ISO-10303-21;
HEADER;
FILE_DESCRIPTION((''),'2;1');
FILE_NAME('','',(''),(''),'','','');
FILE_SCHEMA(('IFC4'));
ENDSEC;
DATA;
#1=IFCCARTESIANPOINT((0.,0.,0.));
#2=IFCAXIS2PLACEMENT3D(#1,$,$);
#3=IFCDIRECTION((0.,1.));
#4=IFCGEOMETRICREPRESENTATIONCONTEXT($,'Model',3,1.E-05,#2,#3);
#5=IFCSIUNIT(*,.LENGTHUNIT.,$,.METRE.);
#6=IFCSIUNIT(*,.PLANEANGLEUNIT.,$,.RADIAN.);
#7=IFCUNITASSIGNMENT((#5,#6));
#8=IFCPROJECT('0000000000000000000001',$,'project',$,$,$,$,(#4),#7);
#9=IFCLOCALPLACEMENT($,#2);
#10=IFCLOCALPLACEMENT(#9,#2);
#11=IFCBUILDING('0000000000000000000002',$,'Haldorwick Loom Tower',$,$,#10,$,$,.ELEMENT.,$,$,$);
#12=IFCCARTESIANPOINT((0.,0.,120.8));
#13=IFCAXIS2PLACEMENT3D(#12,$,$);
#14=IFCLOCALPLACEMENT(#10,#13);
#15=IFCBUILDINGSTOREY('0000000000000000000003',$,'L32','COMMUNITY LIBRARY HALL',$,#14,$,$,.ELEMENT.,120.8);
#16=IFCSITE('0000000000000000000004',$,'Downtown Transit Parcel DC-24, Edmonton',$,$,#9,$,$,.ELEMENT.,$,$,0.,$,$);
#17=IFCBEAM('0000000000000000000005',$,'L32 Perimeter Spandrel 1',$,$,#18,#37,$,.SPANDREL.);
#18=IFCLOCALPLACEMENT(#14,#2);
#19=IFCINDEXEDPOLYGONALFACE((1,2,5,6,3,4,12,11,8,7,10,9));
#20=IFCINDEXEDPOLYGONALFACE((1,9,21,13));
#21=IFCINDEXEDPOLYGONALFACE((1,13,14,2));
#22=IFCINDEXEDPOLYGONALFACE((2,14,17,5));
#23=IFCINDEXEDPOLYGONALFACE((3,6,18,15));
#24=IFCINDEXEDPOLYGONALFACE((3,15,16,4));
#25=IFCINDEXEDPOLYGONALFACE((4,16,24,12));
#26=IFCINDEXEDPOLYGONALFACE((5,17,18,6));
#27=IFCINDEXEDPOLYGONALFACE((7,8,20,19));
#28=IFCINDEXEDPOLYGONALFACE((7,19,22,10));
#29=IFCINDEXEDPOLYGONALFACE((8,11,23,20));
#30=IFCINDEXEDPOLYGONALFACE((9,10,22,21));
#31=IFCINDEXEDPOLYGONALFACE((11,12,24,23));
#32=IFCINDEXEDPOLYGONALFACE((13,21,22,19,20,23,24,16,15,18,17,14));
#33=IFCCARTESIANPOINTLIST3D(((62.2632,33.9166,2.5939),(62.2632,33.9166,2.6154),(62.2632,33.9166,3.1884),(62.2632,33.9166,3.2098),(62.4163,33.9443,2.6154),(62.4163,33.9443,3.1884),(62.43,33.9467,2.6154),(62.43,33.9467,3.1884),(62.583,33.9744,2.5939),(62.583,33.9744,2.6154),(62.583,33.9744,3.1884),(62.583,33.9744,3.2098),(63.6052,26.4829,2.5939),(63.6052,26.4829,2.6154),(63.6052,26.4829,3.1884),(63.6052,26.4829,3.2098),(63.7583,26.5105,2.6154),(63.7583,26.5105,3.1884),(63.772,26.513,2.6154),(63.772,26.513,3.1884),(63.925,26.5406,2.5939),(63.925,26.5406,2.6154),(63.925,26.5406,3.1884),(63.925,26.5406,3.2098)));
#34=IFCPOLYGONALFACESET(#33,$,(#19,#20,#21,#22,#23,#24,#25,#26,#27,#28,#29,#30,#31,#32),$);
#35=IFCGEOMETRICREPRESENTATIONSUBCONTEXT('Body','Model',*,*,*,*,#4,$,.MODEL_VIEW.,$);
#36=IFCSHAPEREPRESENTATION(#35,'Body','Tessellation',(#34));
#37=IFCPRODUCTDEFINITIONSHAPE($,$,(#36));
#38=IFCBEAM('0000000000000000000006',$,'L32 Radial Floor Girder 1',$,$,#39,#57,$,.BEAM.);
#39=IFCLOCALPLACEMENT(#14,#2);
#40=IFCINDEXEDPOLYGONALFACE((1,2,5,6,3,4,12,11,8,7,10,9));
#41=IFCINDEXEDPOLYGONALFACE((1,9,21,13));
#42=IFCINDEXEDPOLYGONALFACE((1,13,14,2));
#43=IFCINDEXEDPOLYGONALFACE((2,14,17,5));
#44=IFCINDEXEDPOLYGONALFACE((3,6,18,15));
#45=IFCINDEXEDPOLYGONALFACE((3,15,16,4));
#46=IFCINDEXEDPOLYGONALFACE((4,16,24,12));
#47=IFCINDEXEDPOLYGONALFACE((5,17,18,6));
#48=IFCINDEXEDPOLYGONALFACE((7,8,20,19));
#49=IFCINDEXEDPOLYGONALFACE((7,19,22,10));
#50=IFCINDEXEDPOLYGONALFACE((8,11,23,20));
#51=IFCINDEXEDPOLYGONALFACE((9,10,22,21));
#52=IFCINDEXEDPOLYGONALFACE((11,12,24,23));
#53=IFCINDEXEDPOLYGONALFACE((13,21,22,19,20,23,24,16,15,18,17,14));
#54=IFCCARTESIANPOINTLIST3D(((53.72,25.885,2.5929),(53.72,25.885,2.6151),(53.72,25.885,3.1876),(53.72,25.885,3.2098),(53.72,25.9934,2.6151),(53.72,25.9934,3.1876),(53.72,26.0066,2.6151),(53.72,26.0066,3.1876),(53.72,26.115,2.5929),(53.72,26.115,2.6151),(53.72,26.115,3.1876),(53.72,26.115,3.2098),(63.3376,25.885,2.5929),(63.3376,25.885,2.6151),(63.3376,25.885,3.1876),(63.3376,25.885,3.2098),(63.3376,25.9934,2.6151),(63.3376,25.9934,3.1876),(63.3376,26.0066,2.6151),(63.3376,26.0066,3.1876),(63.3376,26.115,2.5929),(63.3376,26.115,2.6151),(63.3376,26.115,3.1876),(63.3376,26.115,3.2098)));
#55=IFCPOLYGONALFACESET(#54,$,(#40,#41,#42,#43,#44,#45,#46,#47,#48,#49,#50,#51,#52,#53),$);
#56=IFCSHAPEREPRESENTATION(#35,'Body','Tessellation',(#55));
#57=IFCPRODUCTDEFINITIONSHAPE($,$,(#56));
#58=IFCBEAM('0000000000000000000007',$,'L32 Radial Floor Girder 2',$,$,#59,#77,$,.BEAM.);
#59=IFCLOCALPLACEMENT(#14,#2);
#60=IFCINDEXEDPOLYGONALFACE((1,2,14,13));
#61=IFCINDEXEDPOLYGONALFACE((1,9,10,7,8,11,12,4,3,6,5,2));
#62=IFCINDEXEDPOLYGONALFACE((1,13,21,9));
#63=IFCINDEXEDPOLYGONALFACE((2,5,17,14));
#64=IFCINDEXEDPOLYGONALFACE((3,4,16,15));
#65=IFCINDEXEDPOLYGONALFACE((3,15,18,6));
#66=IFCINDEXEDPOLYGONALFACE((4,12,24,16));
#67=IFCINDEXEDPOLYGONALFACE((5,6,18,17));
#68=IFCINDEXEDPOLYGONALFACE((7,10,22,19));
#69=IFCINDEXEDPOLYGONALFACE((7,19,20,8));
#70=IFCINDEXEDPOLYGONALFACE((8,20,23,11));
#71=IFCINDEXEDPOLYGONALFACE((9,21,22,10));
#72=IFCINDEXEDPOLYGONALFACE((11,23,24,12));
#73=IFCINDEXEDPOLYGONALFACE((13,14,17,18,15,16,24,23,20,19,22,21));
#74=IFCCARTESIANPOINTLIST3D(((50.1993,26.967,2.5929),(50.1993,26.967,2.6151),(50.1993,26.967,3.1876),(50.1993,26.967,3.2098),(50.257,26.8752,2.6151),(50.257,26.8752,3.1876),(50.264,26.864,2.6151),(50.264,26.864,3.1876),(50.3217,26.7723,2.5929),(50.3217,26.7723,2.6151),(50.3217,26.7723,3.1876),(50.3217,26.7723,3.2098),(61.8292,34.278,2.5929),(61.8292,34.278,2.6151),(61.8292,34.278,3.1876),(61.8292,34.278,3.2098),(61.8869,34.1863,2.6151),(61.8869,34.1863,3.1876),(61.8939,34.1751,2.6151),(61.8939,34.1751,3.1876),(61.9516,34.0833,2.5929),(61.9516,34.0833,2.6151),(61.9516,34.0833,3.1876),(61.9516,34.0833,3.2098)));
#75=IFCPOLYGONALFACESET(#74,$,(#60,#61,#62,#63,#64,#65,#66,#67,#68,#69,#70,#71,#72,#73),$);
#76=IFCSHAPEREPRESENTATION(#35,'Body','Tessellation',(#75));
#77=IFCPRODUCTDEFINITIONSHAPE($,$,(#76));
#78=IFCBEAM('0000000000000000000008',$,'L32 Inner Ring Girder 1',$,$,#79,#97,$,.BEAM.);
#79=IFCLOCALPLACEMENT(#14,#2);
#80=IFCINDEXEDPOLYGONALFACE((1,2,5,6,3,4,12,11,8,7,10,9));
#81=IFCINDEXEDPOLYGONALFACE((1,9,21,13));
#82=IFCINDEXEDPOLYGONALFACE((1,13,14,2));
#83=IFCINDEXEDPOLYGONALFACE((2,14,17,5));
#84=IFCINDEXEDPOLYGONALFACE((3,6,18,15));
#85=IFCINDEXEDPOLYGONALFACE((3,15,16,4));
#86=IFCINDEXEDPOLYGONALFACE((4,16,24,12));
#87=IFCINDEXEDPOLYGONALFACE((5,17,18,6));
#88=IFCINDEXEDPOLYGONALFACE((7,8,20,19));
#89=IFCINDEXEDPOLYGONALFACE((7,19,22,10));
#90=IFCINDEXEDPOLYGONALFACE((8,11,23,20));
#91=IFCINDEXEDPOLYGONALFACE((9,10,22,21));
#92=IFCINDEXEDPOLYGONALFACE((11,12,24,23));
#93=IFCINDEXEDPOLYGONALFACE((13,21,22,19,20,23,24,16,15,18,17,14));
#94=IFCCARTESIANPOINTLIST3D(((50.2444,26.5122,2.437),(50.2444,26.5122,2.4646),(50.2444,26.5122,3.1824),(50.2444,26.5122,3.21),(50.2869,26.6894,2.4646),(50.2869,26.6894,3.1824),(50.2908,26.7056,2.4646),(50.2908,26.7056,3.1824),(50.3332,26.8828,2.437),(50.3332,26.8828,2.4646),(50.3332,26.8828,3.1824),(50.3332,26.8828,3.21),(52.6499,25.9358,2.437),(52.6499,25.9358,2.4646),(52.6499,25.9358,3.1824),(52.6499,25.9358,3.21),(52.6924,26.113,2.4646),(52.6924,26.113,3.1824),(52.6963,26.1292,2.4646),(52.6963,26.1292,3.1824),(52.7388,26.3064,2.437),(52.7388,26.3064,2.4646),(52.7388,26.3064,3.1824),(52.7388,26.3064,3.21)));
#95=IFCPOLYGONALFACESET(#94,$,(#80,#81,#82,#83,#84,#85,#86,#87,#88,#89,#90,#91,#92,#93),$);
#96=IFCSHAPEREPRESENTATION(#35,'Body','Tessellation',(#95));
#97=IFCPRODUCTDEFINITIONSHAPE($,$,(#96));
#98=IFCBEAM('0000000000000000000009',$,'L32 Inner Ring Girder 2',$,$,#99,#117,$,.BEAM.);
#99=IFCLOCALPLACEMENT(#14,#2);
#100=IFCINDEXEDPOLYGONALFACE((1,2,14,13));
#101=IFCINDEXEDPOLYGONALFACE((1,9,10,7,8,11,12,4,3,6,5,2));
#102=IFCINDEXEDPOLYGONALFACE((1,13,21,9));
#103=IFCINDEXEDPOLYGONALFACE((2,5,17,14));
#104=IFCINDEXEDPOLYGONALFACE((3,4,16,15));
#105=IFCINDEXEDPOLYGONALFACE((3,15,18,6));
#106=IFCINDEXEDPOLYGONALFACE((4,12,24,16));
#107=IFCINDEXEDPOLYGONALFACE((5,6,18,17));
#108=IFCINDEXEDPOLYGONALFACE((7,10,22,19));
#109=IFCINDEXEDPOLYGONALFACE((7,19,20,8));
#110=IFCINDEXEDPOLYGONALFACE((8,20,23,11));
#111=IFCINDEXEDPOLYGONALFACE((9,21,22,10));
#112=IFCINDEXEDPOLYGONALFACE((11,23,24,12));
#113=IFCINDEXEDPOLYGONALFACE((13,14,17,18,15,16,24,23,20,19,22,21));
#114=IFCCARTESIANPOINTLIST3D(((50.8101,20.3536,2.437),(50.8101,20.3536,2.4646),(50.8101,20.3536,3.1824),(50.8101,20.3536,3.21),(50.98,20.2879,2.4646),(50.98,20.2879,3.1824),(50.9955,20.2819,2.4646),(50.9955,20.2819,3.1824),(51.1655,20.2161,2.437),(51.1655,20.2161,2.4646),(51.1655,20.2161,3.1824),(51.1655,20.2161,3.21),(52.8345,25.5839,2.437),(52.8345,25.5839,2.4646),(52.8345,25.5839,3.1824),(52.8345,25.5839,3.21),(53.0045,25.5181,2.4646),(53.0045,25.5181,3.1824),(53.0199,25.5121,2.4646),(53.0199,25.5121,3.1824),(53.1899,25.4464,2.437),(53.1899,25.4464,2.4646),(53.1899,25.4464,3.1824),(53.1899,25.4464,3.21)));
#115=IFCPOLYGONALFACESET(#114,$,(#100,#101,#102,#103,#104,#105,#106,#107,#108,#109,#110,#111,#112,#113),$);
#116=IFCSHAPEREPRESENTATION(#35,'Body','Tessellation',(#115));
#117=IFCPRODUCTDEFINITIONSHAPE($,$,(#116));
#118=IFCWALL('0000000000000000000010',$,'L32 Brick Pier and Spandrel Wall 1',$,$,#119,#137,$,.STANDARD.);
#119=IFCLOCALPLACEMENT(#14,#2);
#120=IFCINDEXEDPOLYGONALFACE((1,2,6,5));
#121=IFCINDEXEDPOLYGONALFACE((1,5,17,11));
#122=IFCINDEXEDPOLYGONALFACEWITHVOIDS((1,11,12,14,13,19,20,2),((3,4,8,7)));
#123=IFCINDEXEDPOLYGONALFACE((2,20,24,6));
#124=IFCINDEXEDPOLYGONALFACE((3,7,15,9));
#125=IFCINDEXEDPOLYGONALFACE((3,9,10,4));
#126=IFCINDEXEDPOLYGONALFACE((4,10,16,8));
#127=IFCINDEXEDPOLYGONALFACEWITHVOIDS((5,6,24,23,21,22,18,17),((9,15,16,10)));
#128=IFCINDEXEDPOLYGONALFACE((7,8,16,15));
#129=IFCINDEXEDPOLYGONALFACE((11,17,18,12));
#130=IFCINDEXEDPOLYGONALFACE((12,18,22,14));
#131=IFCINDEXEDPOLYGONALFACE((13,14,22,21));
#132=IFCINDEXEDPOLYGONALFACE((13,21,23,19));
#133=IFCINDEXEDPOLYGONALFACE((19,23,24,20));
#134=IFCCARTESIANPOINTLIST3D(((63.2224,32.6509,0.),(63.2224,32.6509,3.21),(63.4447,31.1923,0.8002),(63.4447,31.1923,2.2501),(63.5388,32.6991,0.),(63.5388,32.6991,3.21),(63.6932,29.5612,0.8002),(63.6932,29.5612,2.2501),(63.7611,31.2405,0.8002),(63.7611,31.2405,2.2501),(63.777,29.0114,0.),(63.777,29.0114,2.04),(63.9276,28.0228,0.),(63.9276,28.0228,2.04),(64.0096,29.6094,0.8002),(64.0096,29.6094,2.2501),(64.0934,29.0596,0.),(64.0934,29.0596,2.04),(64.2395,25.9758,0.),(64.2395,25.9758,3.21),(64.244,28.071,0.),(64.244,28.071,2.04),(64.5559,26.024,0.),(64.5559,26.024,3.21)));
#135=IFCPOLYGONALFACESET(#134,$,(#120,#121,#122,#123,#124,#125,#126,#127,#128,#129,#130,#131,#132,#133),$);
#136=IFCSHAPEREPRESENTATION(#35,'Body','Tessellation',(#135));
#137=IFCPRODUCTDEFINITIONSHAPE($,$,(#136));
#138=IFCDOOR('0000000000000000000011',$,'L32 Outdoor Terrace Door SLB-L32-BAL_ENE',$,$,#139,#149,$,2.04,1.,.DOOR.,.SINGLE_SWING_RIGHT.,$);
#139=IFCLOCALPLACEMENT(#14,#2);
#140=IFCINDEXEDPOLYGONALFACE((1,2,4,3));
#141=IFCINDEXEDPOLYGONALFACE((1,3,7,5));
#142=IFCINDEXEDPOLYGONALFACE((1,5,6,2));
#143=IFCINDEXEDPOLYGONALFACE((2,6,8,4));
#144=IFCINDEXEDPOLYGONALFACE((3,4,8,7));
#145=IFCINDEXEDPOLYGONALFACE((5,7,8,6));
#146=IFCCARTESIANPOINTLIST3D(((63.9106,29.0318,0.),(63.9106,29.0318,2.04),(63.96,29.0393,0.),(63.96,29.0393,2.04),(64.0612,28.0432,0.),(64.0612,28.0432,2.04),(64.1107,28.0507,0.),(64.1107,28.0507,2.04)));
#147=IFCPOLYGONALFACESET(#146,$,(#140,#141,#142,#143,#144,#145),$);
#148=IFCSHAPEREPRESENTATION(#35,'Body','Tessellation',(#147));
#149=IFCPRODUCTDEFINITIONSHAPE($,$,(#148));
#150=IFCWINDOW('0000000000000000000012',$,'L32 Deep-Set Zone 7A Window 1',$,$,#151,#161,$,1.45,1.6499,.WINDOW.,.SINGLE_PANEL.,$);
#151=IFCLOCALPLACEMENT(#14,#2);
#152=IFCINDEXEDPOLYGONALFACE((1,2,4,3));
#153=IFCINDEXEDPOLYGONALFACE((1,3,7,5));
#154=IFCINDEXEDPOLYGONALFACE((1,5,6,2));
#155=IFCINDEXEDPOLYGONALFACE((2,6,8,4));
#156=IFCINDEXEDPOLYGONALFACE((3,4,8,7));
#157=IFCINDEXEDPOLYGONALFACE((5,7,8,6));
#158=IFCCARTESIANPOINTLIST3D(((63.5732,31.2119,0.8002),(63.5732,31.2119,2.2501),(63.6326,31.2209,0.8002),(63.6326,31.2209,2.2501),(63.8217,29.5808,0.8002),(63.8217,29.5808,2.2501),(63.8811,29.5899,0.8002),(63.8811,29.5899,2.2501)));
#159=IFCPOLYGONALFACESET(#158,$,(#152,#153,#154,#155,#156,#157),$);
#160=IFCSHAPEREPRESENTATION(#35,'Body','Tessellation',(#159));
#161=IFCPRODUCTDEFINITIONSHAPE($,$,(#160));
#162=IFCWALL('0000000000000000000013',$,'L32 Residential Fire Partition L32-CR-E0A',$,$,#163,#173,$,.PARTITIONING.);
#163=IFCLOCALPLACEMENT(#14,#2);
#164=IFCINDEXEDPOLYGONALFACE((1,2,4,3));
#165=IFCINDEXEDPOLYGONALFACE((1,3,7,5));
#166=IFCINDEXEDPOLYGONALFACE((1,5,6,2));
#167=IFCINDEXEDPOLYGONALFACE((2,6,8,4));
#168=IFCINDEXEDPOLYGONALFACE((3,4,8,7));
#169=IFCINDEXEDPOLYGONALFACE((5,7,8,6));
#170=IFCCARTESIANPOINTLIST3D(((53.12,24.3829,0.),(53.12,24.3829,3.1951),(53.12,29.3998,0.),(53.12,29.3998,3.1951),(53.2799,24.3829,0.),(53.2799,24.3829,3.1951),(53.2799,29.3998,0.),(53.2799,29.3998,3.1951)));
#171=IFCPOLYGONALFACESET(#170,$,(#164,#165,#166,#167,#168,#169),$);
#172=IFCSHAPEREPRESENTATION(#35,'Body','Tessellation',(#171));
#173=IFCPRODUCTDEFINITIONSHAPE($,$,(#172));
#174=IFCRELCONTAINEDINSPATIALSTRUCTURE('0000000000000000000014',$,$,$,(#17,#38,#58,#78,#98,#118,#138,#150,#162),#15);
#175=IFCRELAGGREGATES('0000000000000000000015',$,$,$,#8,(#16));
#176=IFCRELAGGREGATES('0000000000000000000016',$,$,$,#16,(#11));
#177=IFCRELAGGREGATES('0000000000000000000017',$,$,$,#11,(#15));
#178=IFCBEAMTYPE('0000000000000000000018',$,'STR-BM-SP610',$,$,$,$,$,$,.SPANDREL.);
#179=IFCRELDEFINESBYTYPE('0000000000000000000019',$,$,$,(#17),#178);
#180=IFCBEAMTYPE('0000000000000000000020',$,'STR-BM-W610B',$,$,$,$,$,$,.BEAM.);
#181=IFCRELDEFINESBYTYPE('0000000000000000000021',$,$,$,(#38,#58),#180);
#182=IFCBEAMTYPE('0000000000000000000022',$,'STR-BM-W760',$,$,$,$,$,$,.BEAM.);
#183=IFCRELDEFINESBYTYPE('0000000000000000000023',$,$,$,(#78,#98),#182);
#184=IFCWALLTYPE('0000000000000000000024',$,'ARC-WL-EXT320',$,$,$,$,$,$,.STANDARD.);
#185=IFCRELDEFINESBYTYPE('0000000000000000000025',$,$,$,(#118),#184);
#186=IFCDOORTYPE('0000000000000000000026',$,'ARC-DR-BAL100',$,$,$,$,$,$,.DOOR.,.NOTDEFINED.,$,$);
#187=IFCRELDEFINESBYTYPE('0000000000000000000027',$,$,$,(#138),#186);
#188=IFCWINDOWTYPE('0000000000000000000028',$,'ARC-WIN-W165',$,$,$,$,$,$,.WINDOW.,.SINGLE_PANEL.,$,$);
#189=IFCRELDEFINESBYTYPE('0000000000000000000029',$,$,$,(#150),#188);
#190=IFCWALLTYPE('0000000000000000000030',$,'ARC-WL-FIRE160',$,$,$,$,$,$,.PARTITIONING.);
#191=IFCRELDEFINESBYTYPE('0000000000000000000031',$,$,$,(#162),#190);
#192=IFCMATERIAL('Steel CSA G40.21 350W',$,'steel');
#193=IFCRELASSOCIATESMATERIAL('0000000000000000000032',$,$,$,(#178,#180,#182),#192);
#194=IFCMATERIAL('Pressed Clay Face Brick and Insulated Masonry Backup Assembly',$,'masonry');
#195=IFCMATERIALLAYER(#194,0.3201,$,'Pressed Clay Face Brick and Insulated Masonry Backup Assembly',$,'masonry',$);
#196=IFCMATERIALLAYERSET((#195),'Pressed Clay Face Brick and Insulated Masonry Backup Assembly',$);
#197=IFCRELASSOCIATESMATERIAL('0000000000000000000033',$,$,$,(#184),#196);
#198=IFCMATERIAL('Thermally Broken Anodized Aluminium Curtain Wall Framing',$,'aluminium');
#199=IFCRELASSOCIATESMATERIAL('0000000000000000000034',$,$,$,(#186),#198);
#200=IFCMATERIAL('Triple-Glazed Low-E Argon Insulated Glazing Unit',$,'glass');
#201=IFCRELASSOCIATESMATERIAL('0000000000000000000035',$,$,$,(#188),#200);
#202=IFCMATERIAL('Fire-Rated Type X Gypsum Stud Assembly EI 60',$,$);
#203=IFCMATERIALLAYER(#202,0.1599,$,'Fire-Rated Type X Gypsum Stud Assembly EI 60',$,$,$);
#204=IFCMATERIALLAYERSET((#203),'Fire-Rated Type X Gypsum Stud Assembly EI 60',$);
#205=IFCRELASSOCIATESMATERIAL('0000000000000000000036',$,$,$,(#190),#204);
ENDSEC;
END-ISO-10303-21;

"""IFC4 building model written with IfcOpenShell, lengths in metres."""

from ifc_helpers import new_model, si_unit, direction, frame, frame_2d, origin, origin_2d, place, context, subcontext, project, spatial, rectangle, i_section, extrude, material, layer, layer_set, material_profile, profile_set, type_object, element, fill, save


model = new_model("IFC4")

# Units and contexts
model_context = context("Model", 3, precision=1e-05, world=origin(), true_north=direction((0.0, 1.0)))
body_context = subcontext(model_context, "Body", "Model", "MODEL_VIEW")
ifc_project = project(units=[si_unit("LENGTHUNIT", "METRE"), si_unit("PLANEANGLEUNIT", "RADIAN")], contexts=[model_context])

# Site, building, storey
site_placement = place(None, origin())
site = spatial("IfcSite", under=ifc_project, at=site_placement, Name="Downtown Transit Parcel DC-24, Edmonton", CompositionType="ELEMENT", RefElevation=0.0)
building_placement = place(site_placement, origin())
building = spatial("IfcBuilding", under=site, at=building_placement, Name="Haldorwick Loom Tower", CompositionType="ELEMENT")
storey_placement = place(building_placement, frame((0.0, 0.0, 120.8)))
storey = spatial("IfcBuildingStorey", under=building, at=storey_placement, Name="L32", Description="COMMUNITY LIBRARY HALL", CompositionType="ELEMENT", Elevation=120.8)

# Beams
ifc_material_1 = material(Name="Steel CSA G40.21 350W", Category="steel")
ifc_material_profile_1 = material_profile(ifc_material_1, i_section(OverallWidth=0.325, OverallDepth=0.616, WebThickness=0.0139, FlangeThickness=0.0215, at=origin_2d()), Name="W610X174", Category="steel")
ifc_profile_set_1 = profile_set([ifc_material_profile_1], Name="Steel CSA G40.21 350W")
beam_type_1 = type_object("IfcBeamType", Name="STR-BM-SP610", PredefinedType="SPANDREL", material=ifc_profile_set_1)
beam_1_placement = place(storey_placement, frame((63.7651, 26.5117, 2.9019), z_axis=(-0.177659, 0.984092, 0.0), x_axis=(-0.984092, -0.177659, 0.0)))
element("IfcBeam", 1, at=beam_1_placement, inside=storey, type_object=beam_type_1, Name="L32 Perimeter Spandrel 1", PredefinedType="SPANDREL", context=body_context, shape_type="SweptSolid", body=[
    extrude(i_section(OverallWidth=0.325, OverallDepth=0.616, WebThickness=0.0139, FlangeThickness=0.0215, at=origin_2d()), origin(), (0.0, 0.0, 1.0), 7.554),
])
ifc_material_profile_2 = material_profile(ifc_material_1, i_section(OverallWidth=0.23, OverallDepth=0.6169, WebThickness=0.0132, FlangeThickness=0.0222, at=origin_2d()), Name="W610X140", Category="steel")
ifc_profile_set_2 = profile_set([ifc_material_profile_2], Name="Steel CSA G40.21 350W")
beam_type_2 = type_object("IfcBeamType", Name="STR-BM-W610B", PredefinedType="BEAM", material=ifc_profile_set_2)
beam_2_placement = place(storey_placement, frame((53.72, 26.0, 2.9014), z_axis=(1.0, 0.0, 0.0), x_axis=(0.0, 1.0, 0.0)))
element("IfcBeam", 2, at=beam_2_placement, inside=storey, type_object=beam_type_2, Name="L32 Radial Floor Girder 1", PredefinedType="BEAM", context=body_context, shape_type="SweptSolid", body=[
    extrude(i_section(OverallWidth=0.23, OverallDepth=0.6169, WebThickness=0.0132, FlangeThickness=0.0222, at=origin_2d()), origin(), (0.0, 0.0, 1.0), 9.6177),
])
beam_3_placement = place(storey_placement, frame((50.2605, 26.8696, 2.9014), z_axis=(0.84661, 0.532214, 0.0), x_axis=(-0.532214, 0.84661, 0.0)))
element("IfcBeam", 3, at=beam_3_placement, inside=storey, type_object=beam_type_2, Name="L32 Radial Floor Girder 2", PredefinedType="BEAM", context=body_context, shape_type="SweptSolid", body=[
    extrude(i_section(OverallWidth=0.23, OverallDepth=0.6169, WebThickness=0.0132, FlangeThickness=0.0222, at=origin_2d()), origin(), (0.0, 0.0, 1.0), 13.7371),
])
ifc_material_profile_3 = material_profile(ifc_material_1, i_section(OverallWidth=0.3811, OverallDepth=0.7729, WebThickness=0.0166, FlangeThickness=0.0276, at=origin_2d()), Name="W760X257", Category="steel")
ifc_profile_set_3 = profile_set([ifc_material_profile_3], Name="Steel CSA G40.21 350W")
beam_type_3 = type_object("IfcBeamType", Name="STR-BM-W760", PredefinedType="BEAM", material=ifc_profile_set_3)
beam_4_placement = place(storey_placement, frame((50.2888, 26.6975, 2.8235), z_axis=(0.972471, -0.233026, 0.0), x_axis=(0.233026, 0.972471, 0.0)))
element("IfcBeam", 4, at=beam_4_placement, inside=storey, type_object=beam_type_3, Name="L32 Inner Ring Girder 1", PredefinedType="BEAM", context=body_context, shape_type="SweptSolid", body=[
    extrude(i_section(OverallWidth=0.3811, OverallDepth=0.7729, WebThickness=0.0166, FlangeThickness=0.0276, at=origin_2d()), origin(), (0.0, 0.0, 1.0), 2.4736),
])
beam_5_placement = place(storey_placement, frame((53.0122, 25.5151, 2.8235), z_axis=(-0.360965, -0.932579, 0.0), x_axis=(0.932579, -0.360965, 0.0)))
element("IfcBeam", 5, at=beam_5_placement, inside=storey, type_object=beam_type_3, Name="L32 Inner Ring Girder 2", PredefinedType="BEAM", context=body_context, shape_type="SweptSolid", body=[
    extrude(i_section(OverallWidth=0.3811, OverallDepth=0.7729, WebThickness=0.0166, FlangeThickness=0.0276, at=origin_2d()), origin(), (0.0, 0.0, 1.0), 5.6084),
])

# Wall, openings, door, window
ifc_material_2 = material(Name="Pressed Clay Face Brick and Insulated Masonry Backup Assembly", Category="masonry")
ifc_layer_1 = layer(ifc_material_2, 0.3201, Name="Pressed Clay Face Brick and Insulated Masonry Backup Assembly", Category="masonry")
ifc_layer_set_1 = layer_set([ifc_layer_1], Name="Pressed Clay Face Brick and Insulated Masonry Backup Assembly")
wall_type_1 = type_object("IfcWallType", Name="ARC-WL-EXT320", PredefinedType="STANDARD", material=ifc_layer_set_1)
wall_1_placement = place(storey_placement, frame((64.3977, 26.0, 0.0), z_axis=(0.0, 0.0, 1.0), x_axis=(-0.150633, 0.98859, 0.0)))
wall_1 = element("IfcWall", 6, at=wall_1_placement, inside=storey, type_object=wall_type_1, Name="L32 Brick Pier and Spandrel Wall 1", PredefinedType="STANDARD", context=body_context, shape_type="SweptSolid", body=[
    extrude(rectangle(XDim=6.7522, YDim=0.3201, at=frame_2d((3.376, 0.0))), origin(), (0.0, 0.0, 1.0), 3.21),
])
opening_1_placement = place(wall_1_placement, frame((2.0706, 0.0, 0.0)))
opening_1 = element("IfcOpeningElement", 7, at=opening_1_placement, cuts=wall_1, PredefinedType="OPENING", context=body_context, shape_type="SweptSolid", body=[
    extrude(rectangle(XDim=1.0, YDim=2.04, at=frame_2d((0.5, 1.02))), frame((0.0, 0.1699, 0.0), z_axis=(0.0, -1.0, 0.0), x_axis=(1.0, 0.0, 0.0)), (0.0, 0.0, 1.0), 0.3401),
])
opening_2_placement = place(wall_1_placement, frame((3.6267, 0.0, 0.8)))
opening_2 = element("IfcOpeningElement", 8, at=opening_2_placement, cuts=wall_1, PredefinedType="OPENING", context=body_context, shape_type="SweptSolid", body=[
    extrude(rectangle(XDim=1.6499, YDim=1.45, at=frame_2d((0.825, 0.7251))), frame((0.0, 0.1699, 0.0), z_axis=(0.0, -1.0, 0.0), x_axis=(1.0, 0.0, 0.0)), (0.0, 0.0, 1.0), 0.3401),
])
ifc_material_3 = material(Name="Thermally Broken Anodized Aluminium Curtain Wall Framing", Category="aluminium")
door_type_1 = type_object("IfcDoorType", Name="ARC-DR-BAL100", OperationType="NOTDEFINED", PredefinedType="DOOR", material=ifc_material_3)
door_1_placement = place(opening_1_placement, origin())
door_1 = element("IfcDoor", 9, at=door_1_placement, inside=storey, type_object=door_type_1, Name="L32 Outdoor Terrace Door SLB-L32-BAL_ENE", OperationType="SINGLE_SWING_RIGHT", OverallHeight=2.04, OverallWidth=1.0, PredefinedType="DOOR", context=body_context, shape_type="SweptSolid", body=[
    extrude(rectangle(XDim=1.0, YDim=2.04, at=frame_2d((0.5, 1.02))), frame((0.0, 0.0249, 0.0), z_axis=(0.0, -1.0, 0.0), x_axis=(1.0, 0.0, 0.0)), (0.0, 0.0, 1.0), 0.05),
])
fill(opening_1, door_1)
ifc_material_4 = material(Name="Triple-Glazed Low-E Argon Insulated Glazing Unit", Category="glass")
window_type = type_object("IfcWindowType", Name="ARC-WIN-W165", PartitioningType="SINGLE_PANEL", PredefinedType="WINDOW", material=ifc_material_4)
window_placement = place(opening_2_placement, origin())
window = element("IfcWindow", 10, at=window_placement, inside=storey, type_object=window_type, Name="L32 Deep-Set Zone 7A Window 1", OverallHeight=1.45, OverallWidth=1.6499, PartitioningType="SINGLE_PANEL", PredefinedType="WINDOW", context=body_context, shape_type="SweptSolid", body=[
    extrude(rectangle(XDim=1.6499, YDim=1.45, at=frame_2d((0.825, 0.7251))), frame((0.0, 0.03, 0.0), z_axis=(0.0, -1.0, 0.0), x_axis=(1.0, 0.0, 0.0)), (0.0, 0.0, 1.0), 0.0601),
])
fill(opening_2, window)

# Wall
ifc_material_5 = material(Name="Fire-Rated Type X Gypsum Stud Assembly EI 60")
ifc_layer_2 = layer(ifc_material_5, 0.1599, Name="Fire-Rated Type X Gypsum Stud Assembly EI 60")
ifc_layer_set_2 = layer_set([ifc_layer_2], Name="Fire-Rated Type X Gypsum Stud Assembly EI 60")
wall_type_2 = type_object("IfcWallType", Name="ARC-WL-FIRE160", PredefinedType="PARTITIONING", material=ifc_layer_set_2)
wall_2_placement = place(storey_placement, frame((53.2, 24.3831, 0.0), z_axis=(0.0, 0.0, 1.0), x_axis=(0.0, 1.0, 0.0)))
element("IfcWall", 11, at=wall_2_placement, inside=storey, type_object=wall_type_2, Name="L32 Residential Fire Partition L32-CR-E0A", PredefinedType="PARTITIONING", context=body_context, shape_type="SweptSolid", body=[
    extrude(rectangle(XDim=5.0168, YDim=0.1599, at=frame_2d((2.5083, 0.0))), origin(), (0.0, 0.0, 1.0), 3.1951),
])

save(model, "model.ifc")
